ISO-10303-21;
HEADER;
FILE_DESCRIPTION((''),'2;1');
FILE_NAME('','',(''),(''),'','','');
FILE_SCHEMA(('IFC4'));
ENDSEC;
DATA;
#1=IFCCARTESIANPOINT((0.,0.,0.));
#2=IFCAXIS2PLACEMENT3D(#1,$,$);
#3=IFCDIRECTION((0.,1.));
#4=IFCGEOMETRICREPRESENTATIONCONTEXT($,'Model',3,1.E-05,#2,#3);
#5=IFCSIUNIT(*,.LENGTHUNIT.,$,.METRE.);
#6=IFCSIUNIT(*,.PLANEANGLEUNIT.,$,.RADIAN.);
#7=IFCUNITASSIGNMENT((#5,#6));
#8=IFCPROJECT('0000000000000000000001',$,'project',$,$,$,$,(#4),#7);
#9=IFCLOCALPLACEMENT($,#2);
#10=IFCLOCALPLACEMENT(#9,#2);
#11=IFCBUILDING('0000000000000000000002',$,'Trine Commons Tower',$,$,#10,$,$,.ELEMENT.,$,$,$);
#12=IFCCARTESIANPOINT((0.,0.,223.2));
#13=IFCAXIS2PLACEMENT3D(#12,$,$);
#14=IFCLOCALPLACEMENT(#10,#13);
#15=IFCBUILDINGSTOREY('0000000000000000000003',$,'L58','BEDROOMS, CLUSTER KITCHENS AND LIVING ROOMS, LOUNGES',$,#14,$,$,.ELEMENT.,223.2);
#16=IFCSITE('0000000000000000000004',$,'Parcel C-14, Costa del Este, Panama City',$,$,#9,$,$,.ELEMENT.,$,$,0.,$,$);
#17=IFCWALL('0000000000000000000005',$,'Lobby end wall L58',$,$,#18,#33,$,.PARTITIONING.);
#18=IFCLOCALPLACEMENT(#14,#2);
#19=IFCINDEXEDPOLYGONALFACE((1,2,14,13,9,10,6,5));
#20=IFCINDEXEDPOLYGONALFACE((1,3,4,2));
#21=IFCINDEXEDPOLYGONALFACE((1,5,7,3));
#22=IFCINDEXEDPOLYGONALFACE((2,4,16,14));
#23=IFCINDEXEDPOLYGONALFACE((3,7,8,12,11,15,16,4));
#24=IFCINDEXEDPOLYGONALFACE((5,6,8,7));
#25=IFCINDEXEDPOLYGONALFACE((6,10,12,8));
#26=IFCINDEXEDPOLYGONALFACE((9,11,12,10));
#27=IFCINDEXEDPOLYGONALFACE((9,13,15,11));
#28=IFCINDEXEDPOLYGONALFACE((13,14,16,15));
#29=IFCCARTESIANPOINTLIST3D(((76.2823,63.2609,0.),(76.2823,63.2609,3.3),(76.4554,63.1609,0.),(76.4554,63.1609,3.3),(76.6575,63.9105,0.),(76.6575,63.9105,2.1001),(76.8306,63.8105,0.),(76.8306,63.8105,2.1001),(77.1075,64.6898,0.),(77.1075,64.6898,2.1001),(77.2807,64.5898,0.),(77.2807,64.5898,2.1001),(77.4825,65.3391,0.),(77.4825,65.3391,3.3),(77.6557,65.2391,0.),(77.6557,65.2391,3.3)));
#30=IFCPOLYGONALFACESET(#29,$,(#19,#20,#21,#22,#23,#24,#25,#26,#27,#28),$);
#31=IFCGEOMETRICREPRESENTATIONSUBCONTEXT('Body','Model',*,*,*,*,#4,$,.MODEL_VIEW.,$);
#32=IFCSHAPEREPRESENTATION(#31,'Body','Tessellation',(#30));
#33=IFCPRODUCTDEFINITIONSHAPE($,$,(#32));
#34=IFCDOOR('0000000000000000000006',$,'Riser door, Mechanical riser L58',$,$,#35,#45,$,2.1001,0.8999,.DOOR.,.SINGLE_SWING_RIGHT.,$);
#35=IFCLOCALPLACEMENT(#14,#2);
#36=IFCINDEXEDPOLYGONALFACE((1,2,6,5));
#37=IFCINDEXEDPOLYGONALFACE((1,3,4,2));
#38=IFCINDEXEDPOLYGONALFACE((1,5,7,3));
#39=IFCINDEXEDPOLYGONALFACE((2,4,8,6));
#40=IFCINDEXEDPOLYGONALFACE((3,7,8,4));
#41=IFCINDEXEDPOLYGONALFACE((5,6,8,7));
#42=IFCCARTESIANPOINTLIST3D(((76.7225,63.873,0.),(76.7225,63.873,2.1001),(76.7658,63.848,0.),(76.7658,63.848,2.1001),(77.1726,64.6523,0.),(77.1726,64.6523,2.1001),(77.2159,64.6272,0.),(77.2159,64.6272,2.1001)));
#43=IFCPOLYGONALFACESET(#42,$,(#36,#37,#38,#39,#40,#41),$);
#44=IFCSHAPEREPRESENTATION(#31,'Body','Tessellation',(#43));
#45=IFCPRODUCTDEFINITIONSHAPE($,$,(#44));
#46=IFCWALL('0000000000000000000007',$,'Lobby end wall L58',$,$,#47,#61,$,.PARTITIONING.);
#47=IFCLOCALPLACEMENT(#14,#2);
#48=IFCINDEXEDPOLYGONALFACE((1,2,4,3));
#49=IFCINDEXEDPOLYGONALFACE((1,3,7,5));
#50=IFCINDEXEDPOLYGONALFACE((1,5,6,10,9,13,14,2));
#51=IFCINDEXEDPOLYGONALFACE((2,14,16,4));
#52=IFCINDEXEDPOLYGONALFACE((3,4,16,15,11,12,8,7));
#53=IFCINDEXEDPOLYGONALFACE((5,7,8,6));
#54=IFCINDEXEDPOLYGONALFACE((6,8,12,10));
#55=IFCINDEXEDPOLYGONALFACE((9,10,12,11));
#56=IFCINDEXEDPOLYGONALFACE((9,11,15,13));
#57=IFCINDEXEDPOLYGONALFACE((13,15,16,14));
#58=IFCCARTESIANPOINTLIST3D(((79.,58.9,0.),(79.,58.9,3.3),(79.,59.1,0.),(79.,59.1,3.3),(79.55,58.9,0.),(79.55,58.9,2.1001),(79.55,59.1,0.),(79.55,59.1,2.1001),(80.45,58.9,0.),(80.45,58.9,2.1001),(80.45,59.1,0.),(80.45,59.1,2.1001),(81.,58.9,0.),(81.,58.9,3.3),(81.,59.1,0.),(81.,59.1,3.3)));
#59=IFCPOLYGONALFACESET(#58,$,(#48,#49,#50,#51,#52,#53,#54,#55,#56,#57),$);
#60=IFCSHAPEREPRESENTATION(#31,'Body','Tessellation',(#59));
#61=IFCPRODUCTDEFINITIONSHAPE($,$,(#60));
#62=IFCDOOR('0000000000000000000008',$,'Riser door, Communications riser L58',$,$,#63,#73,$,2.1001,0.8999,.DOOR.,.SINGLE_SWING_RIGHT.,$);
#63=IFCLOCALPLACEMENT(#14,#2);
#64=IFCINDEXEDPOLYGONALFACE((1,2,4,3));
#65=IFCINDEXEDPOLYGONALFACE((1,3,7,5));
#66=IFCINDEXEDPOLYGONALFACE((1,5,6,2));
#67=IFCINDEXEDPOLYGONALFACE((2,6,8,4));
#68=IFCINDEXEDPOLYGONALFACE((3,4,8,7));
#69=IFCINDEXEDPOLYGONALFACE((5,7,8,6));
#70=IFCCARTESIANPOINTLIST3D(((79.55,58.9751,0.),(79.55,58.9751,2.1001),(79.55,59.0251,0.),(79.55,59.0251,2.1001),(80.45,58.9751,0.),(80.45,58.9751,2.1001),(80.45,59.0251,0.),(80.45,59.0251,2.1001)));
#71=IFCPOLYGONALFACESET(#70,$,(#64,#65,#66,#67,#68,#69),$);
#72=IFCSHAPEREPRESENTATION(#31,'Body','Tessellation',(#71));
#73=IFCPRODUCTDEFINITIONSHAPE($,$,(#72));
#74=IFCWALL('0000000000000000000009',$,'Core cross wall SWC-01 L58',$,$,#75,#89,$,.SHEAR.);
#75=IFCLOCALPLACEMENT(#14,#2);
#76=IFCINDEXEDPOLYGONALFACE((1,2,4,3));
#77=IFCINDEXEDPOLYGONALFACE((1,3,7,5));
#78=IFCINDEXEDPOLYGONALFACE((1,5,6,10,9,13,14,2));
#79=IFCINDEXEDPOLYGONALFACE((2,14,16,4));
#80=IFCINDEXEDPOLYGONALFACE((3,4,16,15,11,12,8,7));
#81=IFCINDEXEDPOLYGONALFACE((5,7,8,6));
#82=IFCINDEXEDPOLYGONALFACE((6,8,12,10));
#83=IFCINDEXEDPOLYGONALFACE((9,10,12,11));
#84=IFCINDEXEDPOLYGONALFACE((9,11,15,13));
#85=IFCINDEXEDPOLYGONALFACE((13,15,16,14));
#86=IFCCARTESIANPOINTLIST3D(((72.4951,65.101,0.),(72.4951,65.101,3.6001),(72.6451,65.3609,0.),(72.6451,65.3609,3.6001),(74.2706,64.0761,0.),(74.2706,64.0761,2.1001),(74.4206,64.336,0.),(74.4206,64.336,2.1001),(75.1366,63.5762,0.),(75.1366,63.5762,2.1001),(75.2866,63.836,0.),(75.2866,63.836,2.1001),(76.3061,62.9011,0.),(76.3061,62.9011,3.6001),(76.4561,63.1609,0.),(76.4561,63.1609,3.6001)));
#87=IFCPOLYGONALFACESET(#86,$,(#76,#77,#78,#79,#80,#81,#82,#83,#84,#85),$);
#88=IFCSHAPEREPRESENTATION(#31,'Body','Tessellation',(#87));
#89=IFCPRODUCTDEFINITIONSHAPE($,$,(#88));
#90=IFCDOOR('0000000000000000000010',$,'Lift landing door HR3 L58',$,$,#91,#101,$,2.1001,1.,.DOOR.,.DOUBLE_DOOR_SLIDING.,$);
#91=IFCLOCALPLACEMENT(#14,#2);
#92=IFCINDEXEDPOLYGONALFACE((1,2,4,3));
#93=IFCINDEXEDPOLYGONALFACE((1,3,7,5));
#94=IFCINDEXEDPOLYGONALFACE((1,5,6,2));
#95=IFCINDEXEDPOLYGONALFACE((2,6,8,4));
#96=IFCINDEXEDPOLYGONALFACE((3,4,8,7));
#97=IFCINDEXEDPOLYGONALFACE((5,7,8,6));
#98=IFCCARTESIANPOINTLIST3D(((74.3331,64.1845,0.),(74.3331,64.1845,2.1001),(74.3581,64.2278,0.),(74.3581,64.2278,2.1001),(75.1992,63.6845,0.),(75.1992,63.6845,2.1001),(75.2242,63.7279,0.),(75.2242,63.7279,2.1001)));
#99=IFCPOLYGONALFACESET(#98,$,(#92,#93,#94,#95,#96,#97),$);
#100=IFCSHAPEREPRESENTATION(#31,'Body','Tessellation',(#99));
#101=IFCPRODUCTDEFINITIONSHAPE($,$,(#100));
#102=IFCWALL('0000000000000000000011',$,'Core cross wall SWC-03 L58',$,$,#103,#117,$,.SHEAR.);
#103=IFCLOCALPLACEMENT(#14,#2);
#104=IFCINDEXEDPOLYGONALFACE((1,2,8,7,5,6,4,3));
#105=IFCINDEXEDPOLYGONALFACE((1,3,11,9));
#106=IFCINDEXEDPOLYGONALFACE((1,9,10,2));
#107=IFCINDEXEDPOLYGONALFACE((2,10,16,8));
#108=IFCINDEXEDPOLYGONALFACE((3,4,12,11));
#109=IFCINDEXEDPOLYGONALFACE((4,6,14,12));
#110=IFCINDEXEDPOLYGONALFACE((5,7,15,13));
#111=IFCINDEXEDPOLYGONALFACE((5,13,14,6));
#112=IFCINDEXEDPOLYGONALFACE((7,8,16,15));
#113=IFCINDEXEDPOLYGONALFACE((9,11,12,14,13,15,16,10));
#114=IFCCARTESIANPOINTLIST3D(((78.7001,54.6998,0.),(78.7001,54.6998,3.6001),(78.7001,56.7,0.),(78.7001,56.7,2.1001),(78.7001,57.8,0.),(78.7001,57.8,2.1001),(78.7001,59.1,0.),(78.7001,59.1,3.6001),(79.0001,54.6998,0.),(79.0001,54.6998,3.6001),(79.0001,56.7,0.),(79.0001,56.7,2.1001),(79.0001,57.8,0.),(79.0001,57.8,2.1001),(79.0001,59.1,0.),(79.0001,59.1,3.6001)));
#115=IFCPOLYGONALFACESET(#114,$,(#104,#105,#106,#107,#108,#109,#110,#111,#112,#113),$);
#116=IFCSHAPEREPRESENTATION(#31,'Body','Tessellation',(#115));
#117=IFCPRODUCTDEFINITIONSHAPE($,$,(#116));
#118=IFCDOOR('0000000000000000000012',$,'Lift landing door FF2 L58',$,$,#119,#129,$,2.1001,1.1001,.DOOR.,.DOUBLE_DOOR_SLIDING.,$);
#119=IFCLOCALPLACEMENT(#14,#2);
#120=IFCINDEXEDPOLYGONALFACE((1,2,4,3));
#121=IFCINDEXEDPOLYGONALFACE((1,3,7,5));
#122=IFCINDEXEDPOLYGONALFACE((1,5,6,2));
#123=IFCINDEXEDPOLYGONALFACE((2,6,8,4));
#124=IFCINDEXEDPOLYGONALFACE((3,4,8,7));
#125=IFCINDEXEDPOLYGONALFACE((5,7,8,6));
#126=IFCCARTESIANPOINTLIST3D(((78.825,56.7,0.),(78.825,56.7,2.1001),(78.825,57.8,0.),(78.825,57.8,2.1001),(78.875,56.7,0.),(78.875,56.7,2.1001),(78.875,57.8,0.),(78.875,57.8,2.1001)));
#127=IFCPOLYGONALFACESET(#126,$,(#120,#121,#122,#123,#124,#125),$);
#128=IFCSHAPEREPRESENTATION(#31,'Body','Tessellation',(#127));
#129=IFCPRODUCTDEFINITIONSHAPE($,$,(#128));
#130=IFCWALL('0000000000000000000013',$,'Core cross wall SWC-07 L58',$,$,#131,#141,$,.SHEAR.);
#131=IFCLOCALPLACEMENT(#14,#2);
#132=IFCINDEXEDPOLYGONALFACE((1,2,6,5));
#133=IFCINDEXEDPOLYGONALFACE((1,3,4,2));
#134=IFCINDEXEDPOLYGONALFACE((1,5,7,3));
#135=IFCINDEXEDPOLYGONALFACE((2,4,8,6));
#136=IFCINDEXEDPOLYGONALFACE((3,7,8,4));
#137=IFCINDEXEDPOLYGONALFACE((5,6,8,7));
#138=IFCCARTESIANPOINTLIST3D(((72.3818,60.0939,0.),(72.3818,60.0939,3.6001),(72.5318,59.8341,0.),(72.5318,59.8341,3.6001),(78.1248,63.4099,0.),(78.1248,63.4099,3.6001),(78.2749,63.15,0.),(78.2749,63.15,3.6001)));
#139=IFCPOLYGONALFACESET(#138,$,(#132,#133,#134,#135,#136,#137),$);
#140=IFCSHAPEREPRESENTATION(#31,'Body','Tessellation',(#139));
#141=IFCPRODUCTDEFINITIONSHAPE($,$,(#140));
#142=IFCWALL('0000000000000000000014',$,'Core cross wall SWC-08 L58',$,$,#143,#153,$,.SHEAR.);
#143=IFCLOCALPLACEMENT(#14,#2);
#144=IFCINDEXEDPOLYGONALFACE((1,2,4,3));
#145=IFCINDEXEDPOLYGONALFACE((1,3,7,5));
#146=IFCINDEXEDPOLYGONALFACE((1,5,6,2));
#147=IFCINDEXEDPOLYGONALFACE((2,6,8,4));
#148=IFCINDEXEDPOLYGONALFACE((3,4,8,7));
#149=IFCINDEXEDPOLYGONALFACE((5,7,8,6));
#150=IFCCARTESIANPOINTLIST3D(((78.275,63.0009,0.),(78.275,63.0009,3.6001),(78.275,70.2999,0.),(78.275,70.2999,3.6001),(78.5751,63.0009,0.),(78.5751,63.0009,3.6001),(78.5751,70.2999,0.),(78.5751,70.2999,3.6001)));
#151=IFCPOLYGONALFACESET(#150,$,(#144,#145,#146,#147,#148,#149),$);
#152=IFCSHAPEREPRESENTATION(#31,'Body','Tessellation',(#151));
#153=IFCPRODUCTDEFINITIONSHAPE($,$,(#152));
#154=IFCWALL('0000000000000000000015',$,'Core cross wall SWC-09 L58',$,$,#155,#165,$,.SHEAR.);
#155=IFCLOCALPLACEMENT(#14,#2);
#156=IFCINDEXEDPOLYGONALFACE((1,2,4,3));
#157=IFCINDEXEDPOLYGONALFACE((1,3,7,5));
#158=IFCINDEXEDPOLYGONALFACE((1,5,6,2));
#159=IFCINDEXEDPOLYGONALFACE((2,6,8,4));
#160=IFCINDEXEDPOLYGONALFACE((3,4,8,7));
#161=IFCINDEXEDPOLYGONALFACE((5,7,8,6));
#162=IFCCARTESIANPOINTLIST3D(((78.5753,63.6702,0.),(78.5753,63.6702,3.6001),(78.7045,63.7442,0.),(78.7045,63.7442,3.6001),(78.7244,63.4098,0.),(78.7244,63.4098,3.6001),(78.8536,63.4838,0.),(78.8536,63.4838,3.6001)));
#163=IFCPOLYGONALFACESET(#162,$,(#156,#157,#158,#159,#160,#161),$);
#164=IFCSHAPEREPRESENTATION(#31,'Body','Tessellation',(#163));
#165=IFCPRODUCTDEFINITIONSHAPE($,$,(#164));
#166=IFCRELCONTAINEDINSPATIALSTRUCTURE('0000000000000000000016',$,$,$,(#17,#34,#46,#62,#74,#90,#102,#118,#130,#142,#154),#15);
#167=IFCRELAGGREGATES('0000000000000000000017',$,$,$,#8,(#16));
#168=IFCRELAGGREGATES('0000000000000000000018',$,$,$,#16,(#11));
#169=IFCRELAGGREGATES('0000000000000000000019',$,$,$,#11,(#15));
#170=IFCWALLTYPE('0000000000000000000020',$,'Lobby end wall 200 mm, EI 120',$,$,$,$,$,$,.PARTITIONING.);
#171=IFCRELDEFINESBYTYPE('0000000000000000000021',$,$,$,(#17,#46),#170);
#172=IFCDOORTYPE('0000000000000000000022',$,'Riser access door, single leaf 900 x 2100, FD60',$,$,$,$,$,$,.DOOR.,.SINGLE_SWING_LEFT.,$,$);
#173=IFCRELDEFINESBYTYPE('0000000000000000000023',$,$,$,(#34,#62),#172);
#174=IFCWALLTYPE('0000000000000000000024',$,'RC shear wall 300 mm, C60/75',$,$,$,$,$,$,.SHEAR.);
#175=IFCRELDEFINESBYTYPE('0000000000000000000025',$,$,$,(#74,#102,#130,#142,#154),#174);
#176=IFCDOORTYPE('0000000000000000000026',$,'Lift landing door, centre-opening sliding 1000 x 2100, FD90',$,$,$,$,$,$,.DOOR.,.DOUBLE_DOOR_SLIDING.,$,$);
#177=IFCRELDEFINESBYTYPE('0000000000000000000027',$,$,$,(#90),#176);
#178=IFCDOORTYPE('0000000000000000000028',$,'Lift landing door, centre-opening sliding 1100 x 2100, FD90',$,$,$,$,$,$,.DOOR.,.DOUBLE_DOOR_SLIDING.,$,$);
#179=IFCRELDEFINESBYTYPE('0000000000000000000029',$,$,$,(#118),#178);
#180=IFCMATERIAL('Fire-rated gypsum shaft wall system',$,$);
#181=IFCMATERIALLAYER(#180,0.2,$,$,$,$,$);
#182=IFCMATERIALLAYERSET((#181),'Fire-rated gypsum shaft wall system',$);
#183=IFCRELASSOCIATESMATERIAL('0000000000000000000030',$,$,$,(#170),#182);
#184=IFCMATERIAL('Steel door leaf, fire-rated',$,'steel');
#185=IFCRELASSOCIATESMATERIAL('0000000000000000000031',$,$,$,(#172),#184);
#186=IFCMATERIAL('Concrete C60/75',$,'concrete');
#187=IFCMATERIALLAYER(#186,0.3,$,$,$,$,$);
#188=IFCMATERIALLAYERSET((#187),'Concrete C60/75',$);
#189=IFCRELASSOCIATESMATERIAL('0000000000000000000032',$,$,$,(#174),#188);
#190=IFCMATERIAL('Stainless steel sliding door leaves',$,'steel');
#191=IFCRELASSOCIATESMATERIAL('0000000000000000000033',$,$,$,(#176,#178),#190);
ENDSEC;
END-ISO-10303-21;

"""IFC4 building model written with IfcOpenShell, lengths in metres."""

from ifc_helpers import new_model, si_unit, direction, frame, frame_2d, origin, place, context, subcontext, project, spatial, rectangle, extrude, material, layer, layer_set, type_object, element, fill, save


model = new_model("IFC4")

# Units and contexts
model_context = context("Model", 3, precision=1e-05, world=origin(), true_north=direction((0.0, 1.0)))
body_context = subcontext(model_context, "Body", "Model", "MODEL_VIEW")
ifc_project = project(units=[si_unit("LENGTHUNIT", "METRE"), si_unit("PLANEANGLEUNIT", "RADIAN")], contexts=[model_context])

# Site, building, storey
site_placement = place(None, origin())
site = spatial("IfcSite", under=ifc_project, at=site_placement, Name="Parcel C-14, Costa del Este, Panama City", CompositionType="ELEMENT", RefElevation=0.0)
building_placement = place(site_placement, origin())
building = spatial("IfcBuilding", under=site, at=building_placement, Name="Trine Commons Tower", CompositionType="ELEMENT")
storey_placement = place(building_placement, frame((0.0, 0.0, 223.2)))
storey = spatial("IfcBuildingStorey", under=building, at=storey_placement, Name="L58", Description="BEDROOMS, CLUSTER KITCHENS AND LIVING ROOMS, LOUNGES", CompositionType="ELEMENT", Elevation=223.2)

# Walls, openings, doors
ifc_material_1 = material(Name="Fire-rated gypsum shaft wall system")
ifc_layer_1 = layer(ifc_material_1, 0.2)
ifc_layer_set_1 = layer_set([ifc_layer_1], Name="Fire-rated gypsum shaft wall system")
wall_type_1 = type_object("IfcWallType", Name="Lobby end wall 200 mm, EI 120", PredefinedType="PARTITIONING", material=ifc_layer_set_1)
wall_1_placement = place(storey_placement, frame((77.5691, 65.2891, 0.0), z_axis=(0.0, 0.0, 1.0), x_axis=(-0.500122, -0.865955, 0.0)))
wall_1 = element("IfcWall", 1, at=wall_1_placement, inside=storey, type_object=wall_type_1, Name="Lobby end wall L58", PredefinedType="PARTITIONING", context=body_context, shape_type="SweptSolid", body=[
    extrude(rectangle(XDim=2.3999, YDim=0.2, at=frame_2d((1.2, 0.0))), origin(), (0.0, 0.0, 1.0), 3.3),
])
opening_1_placement = place(wall_1_placement, frame((0.7498, 0.0, 0.0)))
opening_1 = element("IfcOpeningElement", 2, at=opening_1_placement, cuts=wall_1, PredefinedType="OPENING", context=body_context, shape_type="SweptSolid", body=[
    extrude(rectangle(XDim=0.8999, YDim=2.1001, at=frame_2d((0.45, 1.05))), frame((0.0, 0.1099, 0.0), z_axis=(0.0, -1.0, 0.0), x_axis=(1.0, 0.0, 0.0)), (0.0, 0.0, 1.0), 0.22),
])
ifc_material_2 = material(Name="Steel door leaf, fire-rated", Category="steel")
door_type_1 = type_object("IfcDoorType", Name="Riser access door, single leaf 900 x 2100, FD60", OperationType="SINGLE_SWING_LEFT", PredefinedType="DOOR", material=ifc_material_2)
door_1_placement = place(opening_1_placement, frame((0.8999, 0.0, 0.0), z_axis=(0.0, 0.0, 1.0), x_axis=(-1.0, 0.0, 0.0)))
door_1 = element("IfcDoor", 3, at=door_1_placement, inside=storey, type_object=door_type_1, Name="Riser door, Mechanical riser L58", OperationType="SINGLE_SWING_RIGHT", OverallHeight=2.1001, OverallWidth=0.8999, PredefinedType="DOOR", context=body_context, shape_type="SweptSolid", body=[
    extrude(rectangle(XDim=0.8999, YDim=2.1001, at=frame_2d((0.45, 1.05))), frame((0.0, 0.0249, 0.0), z_axis=(0.0, -1.0, 0.0), x_axis=(1.0, 0.0, 0.0)), (0.0, 0.0, 1.0), 0.05),
])
fill(opening_1, door_1)
wall_2_placement = place(storey_placement, frame((79.0, 59.0, 0.0), z_axis=(0.0, 0.0, 1.0), x_axis=(1.0, 0.0, 0.0)))
wall_2 = element("IfcWall", 4, at=wall_2_placement, inside=storey, type_object=wall_type_1, Name="Lobby end wall L58", PredefinedType="PARTITIONING", context=body_context, shape_type="SweptSolid", body=[
    extrude(rectangle(XDim=2.0, YDim=0.2, at=frame_2d((1.0, 0.0))), origin(), (0.0, 0.0, 1.0), 3.3),
])
opening_2_placement = place(wall_2_placement, frame((0.55, 0.0, 0.0)))
opening_2 = element("IfcOpeningElement", 5, at=opening_2_placement, cuts=wall_2, PredefinedType="OPENING", context=body_context, shape_type="SweptSolid", body=[
    extrude(rectangle(XDim=0.8999, YDim=2.1001, at=frame_2d((0.45, 1.05))), frame((0.0, 0.1099, 0.0), z_axis=(0.0, -1.0, 0.0), x_axis=(1.0, 0.0, 0.0)), (0.0, 0.0, 1.0), 0.22),
])
door_2_placement = place(opening_2_placement, frame((0.8999, 0.0, 0.0), z_axis=(0.0, 0.0, 1.0), x_axis=(-1.0, 0.0, 0.0)))
door_2 = element("IfcDoor", 6, at=door_2_placement, inside=storey, type_object=door_type_1, Name="Riser door, Communications riser L58", OperationType="SINGLE_SWING_RIGHT", OverallHeight=2.1001, OverallWidth=0.8999, PredefinedType="DOOR", context=body_context, shape_type="SweptSolid", body=[
    extrude(rectangle(XDim=0.8999, YDim=2.1001, at=frame_2d((0.45, 1.05))), frame((0.0, 0.0249, 0.0), z_axis=(0.0, -1.0, 0.0), x_axis=(1.0, 0.0, 0.0)), (0.0, 0.0, 1.0), 0.05),
])
fill(opening_2, door_2)
ifc_material_3 = material(Name="Concrete C60/75", Category="concrete")
ifc_layer_2 = layer(ifc_material_3, 0.3)
ifc_layer_set_2 = layer_set([ifc_layer_2], Name="Concrete C60/75")
wall_type_2 = type_object("IfcWallType", Name="RC shear wall 300 mm, C60/75", PredefinedType="SHEAR", material=ifc_layer_set_2)
wall_3_placement = place(storey_placement, frame((76.3811, 63.031, 0.0), z_axis=(0.0, 0.0, 1.0), x_axis=(-0.86606, 0.49994, 0.0)))
wall_3 = element("IfcWall", 7, at=wall_3_placement, inside=storey, type_object=wall_type_2, Name="Core cross wall SWC-01 L58", PredefinedType="SHEAR", context=body_context, shape_type="SweptSolid", body=[
    extrude(rectangle(XDim=4.4004, YDim=0.3, at=frame_2d((2.2002, 0.0))), origin(), (0.0, 0.0, 1.0), 3.6001),
])
opening_3_placement = place(wall_3_placement, frame((1.3503, 0.0, 0.0)))
opening_3 = element("IfcOpeningElement", 8, at=opening_3_placement, cuts=wall_3, PredefinedType="OPENING", context=body_context, shape_type="SweptSolid", body=[
    extrude(rectangle(XDim=1.0, YDim=2.1001, at=frame_2d((0.5, 1.05))), frame((0.0, 0.1599, 0.0), z_axis=(0.0, -1.0, 0.0), x_axis=(1.0, 0.0, 0.0)), (0.0, 0.0, 1.0), 0.3201),
])
ifc_material_4 = material(Name="Stainless steel sliding door leaves", Category="steel")
door_type_2 = type_object("IfcDoorType", Name="Lift landing door, centre-opening sliding 1000 x 2100, FD90", OperationType="DOUBLE_DOOR_SLIDING", PredefinedType="DOOR", material=ifc_material_4)
door_3_placement = place(opening_3_placement, origin())
door_3 = element("IfcDoor", 9, at=door_3_placement, inside=storey, type_object=door_type_2, Name="Lift landing door HR3 L58", OperationType="DOUBLE_DOOR_SLIDING", OverallHeight=2.1001, OverallWidth=1.0, PredefinedType="DOOR", context=body_context, shape_type="SweptSolid", body=[
    extrude(rectangle(XDim=1.0, YDim=2.1001, at=frame_2d((0.5, 1.05))), frame((0.0, 0.0249, 0.0), z_axis=(0.0, -1.0, 0.0), x_axis=(1.0, 0.0, 0.0)), (0.0, 0.0, 1.0), 0.05),
])
fill(opening_3, door_3)
wall_4_placement = place(storey_placement, frame((78.8501, 59.1001, 0.0), z_axis=(0.0, 0.0, 1.0), x_axis=(0.0, -1.0, 0.0)))
wall_4 = element("IfcWall", 10, at=wall_4_placement, inside=storey, type_object=wall_type_2, Name="Core cross wall SWC-03 L58", PredefinedType="SHEAR", context=body_context, shape_type="SweptSolid", body=[
    extrude(rectangle(XDim=4.4001, YDim=0.3, at=frame_2d((2.2002, 0.0))), origin(), (0.0, 0.0, 1.0), 3.6001),
])
opening_4_placement = place(wall_4_placement, frame((1.3, 0.0, 0.0)))
opening_4 = element("IfcOpeningElement", 11, at=opening_4_placement, cuts=wall_4, PredefinedType="OPENING", context=body_context, shape_type="SweptSolid", body=[
    extrude(rectangle(XDim=1.1001, YDim=2.1001, at=frame_2d((0.55, 1.05))), frame((0.0, 0.1599, 0.0), z_axis=(0.0, -1.0, 0.0), x_axis=(1.0, 0.0, 0.0)), (0.0, 0.0, 1.0), 0.3201),
])
door_type_3 = type_object("IfcDoorType", Name="Lift landing door, centre-opening sliding 1100 x 2100, FD90", OperationType="DOUBLE_DOOR_SLIDING", PredefinedType="DOOR", material=ifc_material_4)
door_4_placement = place(opening_4_placement, origin())
door_4 = element("IfcDoor", 12, at=door_4_placement, inside=storey, type_object=door_type_3, Name="Lift landing door FF2 L58", OperationType="DOUBLE_DOOR_SLIDING", OverallHeight=2.1001, OverallWidth=1.1001, PredefinedType="DOOR", context=body_context, shape_type="SweptSolid", body=[
    extrude(rectangle(XDim=1.1001, YDim=2.1001, at=frame_2d((0.55, 1.05))), frame((0.0, 0.0249, 0.0), z_axis=(0.0, -1.0, 0.0), x_axis=(1.0, 0.0, 0.0)), (0.0, 0.0, 1.0), 0.05),
])
fill(opening_4, door_4)

# Walls
wall_5_placement = place(storey_placement, frame((78.2, 63.28, 0.0), z_axis=(0.0, 0.0, 1.0), x_axis=(-0.86601, -0.500027, 0.0)))
element("IfcWall", 13, at=wall_5_placement, inside=storey, type_object=wall_type_2, Name="Core cross wall SWC-07 L58", PredefinedType="SHEAR", context=body_context, shape_type="SweptSolid", body=[
    extrude(rectangle(XDim=6.6316, YDim=0.3, at=frame_2d((3.3159, 0.0))), origin(), (0.0, 0.0, 1.0), 3.6001),
])
wall_6_placement = place(storey_placement, frame((78.425, 63.001, 0.0), z_axis=(0.0, 0.0, 1.0), x_axis=(0.0, 1.0, 0.0)))
element("IfcWall", 14, at=wall_6_placement, inside=storey, type_object=wall_type_2, Name="Core cross wall SWC-08 L58", PredefinedType="SHEAR", context=body_context, shape_type="SweptSolid", body=[
    extrude(rectangle(XDim=7.2991, YDim=0.3, at=frame_2d((3.6494, 0.0))), origin(), (0.0, 0.0, 1.0), 3.6001),
])
wall_7_placement = place(storey_placement, frame((78.7791, 63.614, 0.0), z_axis=(0.0, 0.0, 1.0), x_axis=(-0.867738, -0.497022, 0.0)))
element("IfcWall", 15, at=wall_7_placement, inside=storey, type_object=wall_type_2, Name="Core cross wall SWC-09 L58", PredefinedType="SHEAR", context=body_context, shape_type="SweptSolid", body=[
    extrude(rectangle(XDim=0.1489, YDim=0.3, at=frame_2d((0.0745, 0.0))), origin(), (0.0, 0.0, 1.0), 3.6001),
])

save(model, "model.ifc")
